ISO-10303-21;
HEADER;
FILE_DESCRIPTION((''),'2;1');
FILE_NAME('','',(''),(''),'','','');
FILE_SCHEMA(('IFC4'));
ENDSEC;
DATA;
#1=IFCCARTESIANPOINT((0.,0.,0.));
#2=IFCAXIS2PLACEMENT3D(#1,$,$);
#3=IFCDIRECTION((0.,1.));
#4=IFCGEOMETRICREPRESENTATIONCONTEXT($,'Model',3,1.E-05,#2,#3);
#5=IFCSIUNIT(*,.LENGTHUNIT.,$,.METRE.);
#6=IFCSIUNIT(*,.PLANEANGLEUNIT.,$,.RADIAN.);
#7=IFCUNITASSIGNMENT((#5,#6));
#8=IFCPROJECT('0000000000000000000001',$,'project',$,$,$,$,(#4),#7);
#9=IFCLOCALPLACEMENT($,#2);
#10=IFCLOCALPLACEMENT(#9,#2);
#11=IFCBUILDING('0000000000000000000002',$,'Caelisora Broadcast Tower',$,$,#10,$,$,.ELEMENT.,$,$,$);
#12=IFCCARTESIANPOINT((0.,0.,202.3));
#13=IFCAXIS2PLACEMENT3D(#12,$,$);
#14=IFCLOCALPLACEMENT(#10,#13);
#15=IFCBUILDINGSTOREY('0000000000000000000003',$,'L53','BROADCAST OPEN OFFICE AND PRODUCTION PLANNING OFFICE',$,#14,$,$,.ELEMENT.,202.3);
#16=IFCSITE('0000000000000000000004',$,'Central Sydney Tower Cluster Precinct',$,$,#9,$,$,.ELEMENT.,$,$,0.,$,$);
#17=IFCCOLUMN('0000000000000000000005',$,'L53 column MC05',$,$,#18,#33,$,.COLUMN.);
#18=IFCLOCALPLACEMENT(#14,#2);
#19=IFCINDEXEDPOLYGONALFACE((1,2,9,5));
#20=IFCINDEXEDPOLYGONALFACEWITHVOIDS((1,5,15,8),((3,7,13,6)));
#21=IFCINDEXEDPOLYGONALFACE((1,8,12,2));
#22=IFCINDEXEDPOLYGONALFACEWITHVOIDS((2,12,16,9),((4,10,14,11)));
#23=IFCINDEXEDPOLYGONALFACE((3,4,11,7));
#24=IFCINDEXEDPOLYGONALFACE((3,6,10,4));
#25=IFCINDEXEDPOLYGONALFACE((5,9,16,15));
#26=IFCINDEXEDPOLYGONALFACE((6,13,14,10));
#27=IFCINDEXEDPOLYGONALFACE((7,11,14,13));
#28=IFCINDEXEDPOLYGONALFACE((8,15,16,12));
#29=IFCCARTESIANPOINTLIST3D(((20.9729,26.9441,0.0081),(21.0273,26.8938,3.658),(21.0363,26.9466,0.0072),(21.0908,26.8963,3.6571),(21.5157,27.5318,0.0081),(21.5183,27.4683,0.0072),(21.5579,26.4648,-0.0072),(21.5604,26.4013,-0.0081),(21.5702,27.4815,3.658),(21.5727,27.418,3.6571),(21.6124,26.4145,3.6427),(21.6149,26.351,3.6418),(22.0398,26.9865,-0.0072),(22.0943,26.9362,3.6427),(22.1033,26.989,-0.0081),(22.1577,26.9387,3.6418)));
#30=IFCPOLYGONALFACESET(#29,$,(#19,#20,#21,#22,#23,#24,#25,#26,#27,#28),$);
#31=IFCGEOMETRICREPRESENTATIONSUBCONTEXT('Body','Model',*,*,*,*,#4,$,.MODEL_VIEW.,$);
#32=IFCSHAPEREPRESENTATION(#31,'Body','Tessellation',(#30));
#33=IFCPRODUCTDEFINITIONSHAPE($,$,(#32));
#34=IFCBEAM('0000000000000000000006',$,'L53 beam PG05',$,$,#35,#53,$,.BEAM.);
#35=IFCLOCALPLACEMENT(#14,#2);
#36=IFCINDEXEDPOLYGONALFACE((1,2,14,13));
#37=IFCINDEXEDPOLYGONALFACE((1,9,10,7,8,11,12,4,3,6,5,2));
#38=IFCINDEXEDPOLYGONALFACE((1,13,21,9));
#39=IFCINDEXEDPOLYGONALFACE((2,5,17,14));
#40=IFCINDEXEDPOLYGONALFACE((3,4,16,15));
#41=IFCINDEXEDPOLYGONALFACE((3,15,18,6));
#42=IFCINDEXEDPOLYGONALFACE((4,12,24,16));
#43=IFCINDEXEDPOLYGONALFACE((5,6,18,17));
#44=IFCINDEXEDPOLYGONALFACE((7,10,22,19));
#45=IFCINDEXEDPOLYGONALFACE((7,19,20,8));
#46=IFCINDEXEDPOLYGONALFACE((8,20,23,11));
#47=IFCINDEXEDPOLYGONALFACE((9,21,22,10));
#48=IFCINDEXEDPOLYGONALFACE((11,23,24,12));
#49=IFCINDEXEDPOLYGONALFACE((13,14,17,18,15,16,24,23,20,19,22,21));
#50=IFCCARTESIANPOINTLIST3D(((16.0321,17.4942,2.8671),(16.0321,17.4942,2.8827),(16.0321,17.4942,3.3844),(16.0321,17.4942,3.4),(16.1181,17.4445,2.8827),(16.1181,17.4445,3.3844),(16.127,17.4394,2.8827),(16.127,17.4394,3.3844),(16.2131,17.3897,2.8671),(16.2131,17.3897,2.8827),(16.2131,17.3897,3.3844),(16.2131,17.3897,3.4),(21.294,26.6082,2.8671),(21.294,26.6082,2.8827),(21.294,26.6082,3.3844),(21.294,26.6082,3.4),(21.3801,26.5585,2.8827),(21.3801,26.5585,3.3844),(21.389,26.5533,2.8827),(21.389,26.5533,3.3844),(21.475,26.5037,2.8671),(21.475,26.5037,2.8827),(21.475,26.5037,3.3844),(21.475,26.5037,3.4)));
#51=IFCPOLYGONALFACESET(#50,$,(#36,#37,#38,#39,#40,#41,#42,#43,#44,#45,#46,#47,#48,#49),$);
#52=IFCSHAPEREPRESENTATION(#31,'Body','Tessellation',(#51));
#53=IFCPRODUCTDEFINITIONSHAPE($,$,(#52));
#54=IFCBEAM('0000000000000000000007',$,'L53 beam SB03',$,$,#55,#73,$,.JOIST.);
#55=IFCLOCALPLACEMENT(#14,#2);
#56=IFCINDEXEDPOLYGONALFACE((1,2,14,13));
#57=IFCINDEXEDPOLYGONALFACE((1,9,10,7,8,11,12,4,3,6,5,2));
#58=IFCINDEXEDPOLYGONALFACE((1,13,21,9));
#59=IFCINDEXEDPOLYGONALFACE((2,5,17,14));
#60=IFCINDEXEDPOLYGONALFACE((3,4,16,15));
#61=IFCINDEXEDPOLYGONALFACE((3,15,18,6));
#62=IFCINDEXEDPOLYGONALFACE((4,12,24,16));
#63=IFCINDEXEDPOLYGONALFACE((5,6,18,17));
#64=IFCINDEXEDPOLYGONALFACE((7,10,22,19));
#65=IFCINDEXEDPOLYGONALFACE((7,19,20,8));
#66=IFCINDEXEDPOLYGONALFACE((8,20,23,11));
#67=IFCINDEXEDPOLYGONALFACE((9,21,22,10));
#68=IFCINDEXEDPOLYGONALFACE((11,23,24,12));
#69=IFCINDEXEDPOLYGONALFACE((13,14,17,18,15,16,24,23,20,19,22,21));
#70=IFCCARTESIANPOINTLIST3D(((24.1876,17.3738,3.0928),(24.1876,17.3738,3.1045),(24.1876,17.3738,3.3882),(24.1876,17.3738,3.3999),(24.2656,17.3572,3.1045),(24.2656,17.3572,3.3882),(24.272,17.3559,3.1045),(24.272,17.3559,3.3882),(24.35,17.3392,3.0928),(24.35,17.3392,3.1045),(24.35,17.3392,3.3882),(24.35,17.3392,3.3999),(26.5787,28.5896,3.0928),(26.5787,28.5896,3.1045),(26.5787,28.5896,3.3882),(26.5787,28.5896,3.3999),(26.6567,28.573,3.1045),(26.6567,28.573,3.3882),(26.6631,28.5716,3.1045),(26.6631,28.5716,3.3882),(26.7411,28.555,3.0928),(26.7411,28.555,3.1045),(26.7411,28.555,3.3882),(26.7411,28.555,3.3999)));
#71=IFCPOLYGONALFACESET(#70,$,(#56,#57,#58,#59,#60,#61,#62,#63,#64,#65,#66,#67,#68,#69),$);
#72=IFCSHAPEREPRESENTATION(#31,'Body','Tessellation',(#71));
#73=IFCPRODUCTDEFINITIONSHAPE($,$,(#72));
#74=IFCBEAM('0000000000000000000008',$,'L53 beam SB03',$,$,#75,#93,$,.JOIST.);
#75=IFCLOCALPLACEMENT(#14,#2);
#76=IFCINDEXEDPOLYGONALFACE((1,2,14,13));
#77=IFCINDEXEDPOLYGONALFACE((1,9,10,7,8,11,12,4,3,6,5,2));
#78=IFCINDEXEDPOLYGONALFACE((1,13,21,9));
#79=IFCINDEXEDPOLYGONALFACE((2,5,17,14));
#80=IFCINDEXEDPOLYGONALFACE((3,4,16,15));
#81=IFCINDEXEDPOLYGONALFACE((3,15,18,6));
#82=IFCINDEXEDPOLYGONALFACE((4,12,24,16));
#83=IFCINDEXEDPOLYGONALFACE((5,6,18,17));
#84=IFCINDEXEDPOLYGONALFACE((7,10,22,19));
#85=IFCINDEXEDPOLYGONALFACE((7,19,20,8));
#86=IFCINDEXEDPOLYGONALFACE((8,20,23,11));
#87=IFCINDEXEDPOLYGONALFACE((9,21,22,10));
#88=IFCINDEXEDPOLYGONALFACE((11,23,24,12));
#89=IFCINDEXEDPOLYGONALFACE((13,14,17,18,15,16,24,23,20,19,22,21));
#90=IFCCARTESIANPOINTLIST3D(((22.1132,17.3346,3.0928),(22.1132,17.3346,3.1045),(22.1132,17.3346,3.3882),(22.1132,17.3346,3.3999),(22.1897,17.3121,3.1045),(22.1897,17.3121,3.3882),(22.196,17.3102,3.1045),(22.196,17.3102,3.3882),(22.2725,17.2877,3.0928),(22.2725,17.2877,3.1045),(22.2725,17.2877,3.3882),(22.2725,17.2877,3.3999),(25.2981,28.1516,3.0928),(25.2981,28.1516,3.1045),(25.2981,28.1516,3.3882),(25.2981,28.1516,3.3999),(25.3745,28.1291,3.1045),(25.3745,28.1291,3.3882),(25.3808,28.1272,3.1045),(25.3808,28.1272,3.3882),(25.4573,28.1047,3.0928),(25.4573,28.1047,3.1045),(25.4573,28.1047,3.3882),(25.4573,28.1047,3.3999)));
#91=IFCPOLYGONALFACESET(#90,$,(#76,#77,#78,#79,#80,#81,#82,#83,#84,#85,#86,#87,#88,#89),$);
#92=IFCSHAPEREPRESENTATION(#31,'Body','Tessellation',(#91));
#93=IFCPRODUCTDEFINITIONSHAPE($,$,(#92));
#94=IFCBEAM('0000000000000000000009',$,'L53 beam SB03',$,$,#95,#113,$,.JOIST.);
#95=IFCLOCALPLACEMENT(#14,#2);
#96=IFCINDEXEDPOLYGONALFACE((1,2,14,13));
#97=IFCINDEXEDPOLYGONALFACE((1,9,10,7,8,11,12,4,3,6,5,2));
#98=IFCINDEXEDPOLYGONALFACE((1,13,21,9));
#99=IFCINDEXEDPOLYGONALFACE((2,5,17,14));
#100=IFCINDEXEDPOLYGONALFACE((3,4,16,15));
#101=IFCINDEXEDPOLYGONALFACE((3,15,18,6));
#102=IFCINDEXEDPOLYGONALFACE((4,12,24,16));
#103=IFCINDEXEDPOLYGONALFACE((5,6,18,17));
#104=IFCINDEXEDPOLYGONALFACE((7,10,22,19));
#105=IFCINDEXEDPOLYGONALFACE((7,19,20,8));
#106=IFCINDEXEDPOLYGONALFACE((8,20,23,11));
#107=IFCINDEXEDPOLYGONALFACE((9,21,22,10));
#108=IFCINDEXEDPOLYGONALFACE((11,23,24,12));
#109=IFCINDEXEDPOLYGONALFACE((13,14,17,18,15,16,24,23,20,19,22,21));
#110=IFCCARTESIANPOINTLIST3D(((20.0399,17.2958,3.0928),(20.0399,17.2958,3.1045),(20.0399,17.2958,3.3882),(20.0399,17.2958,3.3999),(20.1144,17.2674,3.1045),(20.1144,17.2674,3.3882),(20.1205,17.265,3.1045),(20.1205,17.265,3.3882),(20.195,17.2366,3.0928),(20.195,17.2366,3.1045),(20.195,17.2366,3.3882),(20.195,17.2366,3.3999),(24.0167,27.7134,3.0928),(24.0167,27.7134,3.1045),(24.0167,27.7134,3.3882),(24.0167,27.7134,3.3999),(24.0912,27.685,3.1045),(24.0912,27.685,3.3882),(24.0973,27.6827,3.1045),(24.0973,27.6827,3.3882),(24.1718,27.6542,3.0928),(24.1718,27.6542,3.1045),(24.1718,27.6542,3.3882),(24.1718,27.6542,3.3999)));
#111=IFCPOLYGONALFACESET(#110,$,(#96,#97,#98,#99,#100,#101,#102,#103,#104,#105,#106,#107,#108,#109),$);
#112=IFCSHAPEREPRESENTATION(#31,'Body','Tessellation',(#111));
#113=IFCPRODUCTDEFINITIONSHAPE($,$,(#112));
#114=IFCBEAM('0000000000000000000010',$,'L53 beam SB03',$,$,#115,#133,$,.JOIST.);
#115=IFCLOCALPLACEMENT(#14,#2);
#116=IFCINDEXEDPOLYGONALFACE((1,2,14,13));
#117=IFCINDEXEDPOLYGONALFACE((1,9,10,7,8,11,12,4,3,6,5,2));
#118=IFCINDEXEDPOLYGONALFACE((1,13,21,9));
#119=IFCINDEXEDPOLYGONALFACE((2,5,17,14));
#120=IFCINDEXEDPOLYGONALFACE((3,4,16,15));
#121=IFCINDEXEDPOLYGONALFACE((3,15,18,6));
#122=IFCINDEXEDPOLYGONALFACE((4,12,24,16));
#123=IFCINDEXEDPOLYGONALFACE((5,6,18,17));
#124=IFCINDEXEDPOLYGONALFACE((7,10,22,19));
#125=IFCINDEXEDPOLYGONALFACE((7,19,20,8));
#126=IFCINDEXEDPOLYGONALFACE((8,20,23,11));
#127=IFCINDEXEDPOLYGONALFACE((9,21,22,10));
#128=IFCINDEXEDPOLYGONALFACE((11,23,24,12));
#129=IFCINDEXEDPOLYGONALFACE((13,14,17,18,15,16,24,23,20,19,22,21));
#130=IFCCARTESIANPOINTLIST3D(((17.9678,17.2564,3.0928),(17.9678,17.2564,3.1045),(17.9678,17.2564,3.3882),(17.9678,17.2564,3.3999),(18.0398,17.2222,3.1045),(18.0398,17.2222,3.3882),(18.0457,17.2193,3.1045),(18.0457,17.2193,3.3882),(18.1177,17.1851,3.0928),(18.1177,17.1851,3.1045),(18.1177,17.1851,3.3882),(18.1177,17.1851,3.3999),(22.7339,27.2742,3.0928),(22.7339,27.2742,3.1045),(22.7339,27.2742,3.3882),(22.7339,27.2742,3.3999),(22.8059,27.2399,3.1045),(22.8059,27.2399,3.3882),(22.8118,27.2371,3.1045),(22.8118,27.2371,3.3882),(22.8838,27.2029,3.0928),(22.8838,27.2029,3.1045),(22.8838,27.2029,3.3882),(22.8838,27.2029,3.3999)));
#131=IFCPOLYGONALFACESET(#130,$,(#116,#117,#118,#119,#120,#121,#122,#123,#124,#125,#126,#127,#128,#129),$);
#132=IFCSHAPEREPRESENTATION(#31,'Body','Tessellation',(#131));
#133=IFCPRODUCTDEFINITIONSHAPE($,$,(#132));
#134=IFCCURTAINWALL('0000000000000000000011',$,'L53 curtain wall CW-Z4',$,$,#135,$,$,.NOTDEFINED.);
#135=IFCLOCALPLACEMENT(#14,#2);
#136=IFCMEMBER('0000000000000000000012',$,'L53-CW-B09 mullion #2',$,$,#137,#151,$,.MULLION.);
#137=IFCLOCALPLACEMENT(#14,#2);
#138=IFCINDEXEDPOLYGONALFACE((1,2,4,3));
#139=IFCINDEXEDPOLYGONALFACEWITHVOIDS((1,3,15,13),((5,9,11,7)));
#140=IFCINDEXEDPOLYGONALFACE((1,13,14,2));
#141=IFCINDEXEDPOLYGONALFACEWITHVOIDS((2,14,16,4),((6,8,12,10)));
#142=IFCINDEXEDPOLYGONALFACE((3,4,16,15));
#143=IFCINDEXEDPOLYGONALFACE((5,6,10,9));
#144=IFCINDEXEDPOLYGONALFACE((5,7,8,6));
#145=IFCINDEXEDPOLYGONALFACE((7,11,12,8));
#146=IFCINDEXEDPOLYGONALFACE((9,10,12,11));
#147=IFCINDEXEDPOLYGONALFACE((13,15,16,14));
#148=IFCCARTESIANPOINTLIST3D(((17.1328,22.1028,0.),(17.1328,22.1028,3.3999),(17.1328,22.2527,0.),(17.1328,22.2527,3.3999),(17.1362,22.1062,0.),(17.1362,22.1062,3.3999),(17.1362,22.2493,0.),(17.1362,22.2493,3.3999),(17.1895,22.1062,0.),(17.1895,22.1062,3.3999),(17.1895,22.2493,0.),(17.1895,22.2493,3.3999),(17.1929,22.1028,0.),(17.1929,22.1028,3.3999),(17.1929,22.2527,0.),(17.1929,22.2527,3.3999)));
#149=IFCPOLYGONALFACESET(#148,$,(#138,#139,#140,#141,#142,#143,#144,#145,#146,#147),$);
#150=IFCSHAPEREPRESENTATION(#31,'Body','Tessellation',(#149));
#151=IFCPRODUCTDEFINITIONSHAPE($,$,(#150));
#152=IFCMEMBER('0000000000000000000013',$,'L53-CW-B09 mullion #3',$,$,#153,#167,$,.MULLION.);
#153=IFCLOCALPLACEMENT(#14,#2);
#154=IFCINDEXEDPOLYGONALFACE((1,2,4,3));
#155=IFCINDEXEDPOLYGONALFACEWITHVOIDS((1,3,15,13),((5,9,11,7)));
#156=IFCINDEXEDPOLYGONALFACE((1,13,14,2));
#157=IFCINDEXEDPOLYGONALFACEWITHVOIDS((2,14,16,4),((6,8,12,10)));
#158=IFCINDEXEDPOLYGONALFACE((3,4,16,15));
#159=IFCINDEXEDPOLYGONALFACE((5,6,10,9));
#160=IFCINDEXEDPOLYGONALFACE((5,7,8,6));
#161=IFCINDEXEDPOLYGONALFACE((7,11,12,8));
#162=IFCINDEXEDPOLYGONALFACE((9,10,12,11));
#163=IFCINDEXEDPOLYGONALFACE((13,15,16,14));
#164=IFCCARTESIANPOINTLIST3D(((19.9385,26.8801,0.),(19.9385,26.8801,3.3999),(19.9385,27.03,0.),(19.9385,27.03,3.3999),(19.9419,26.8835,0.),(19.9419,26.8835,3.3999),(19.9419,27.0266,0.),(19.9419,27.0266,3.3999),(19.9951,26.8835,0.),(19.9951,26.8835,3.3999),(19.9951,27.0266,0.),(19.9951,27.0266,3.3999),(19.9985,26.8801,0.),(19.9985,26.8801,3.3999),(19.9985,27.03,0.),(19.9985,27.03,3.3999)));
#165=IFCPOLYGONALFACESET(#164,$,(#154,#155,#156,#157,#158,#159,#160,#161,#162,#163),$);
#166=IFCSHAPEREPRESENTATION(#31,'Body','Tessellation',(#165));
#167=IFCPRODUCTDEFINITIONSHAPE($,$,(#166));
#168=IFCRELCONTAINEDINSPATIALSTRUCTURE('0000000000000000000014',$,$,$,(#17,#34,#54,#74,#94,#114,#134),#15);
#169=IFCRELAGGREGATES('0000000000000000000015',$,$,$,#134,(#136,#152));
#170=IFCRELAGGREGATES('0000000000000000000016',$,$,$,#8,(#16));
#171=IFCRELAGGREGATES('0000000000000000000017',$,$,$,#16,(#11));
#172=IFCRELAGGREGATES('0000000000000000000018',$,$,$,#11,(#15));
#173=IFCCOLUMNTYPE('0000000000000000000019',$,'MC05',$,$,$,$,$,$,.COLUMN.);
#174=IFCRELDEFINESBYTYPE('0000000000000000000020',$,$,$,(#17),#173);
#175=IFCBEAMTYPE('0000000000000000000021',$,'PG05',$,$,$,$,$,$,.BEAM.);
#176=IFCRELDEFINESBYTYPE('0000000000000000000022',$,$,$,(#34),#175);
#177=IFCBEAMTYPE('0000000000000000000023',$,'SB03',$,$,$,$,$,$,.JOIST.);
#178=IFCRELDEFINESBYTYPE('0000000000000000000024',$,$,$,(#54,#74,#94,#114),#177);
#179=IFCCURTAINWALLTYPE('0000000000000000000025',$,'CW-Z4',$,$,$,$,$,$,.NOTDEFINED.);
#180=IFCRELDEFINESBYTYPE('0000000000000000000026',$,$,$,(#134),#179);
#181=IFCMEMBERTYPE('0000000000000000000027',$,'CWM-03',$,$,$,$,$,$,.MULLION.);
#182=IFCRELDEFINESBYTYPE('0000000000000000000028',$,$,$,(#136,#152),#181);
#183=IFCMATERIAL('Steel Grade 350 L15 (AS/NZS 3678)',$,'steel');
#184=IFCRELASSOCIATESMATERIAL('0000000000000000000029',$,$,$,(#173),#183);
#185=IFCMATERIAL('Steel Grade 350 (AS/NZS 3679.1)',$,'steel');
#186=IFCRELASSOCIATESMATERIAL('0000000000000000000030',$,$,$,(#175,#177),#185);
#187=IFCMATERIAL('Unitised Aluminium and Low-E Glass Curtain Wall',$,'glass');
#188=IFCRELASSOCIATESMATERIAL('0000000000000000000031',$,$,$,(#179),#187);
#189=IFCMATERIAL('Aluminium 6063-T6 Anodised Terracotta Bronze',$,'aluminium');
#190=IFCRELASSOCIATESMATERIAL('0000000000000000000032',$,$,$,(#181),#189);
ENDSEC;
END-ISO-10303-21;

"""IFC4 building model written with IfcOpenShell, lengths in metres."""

from ifc_helpers import new_model, si_unit, direction, frame, origin, origin_2d, place, context, subcontext, project, spatial, hollow_rectangle, i_section, extrude, source, transform, mapped, material, material_profile, profile_set, type_object, type_shapes, element, aggregate, save


model = new_model("IFC4")

# Units and contexts
model_context = context("Model", 3, precision=1e-05, world=origin(), true_north=direction((0.0, 1.0)))
body_context = subcontext(model_context, "Body", "Model", "MODEL_VIEW")
ifc_project = project(units=[si_unit("LENGTHUNIT", "METRE"), si_unit("PLANEANGLEUNIT", "RADIAN")], contexts=[model_context])

# Site, building, storey
site_placement = place(None, origin())
site = spatial("IfcSite", under=ifc_project, at=site_placement, Name="Central Sydney Tower Cluster Precinct", CompositionType="ELEMENT", RefElevation=0.0)
building_placement = place(site_placement, origin())
building = spatial("IfcBuilding", under=site, at=building_placement, Name="Caelisora Broadcast Tower", CompositionType="ELEMENT")
storey_placement = place(building_placement, frame((0.0, 0.0, 202.3)))
storey = spatial("IfcBuildingStorey", under=building, at=storey_placement, Name="L53", Description="BROADCAST OPEN OFFICE AND PRODUCTION PLANNING OFFICE", CompositionType="ELEMENT", Elevation=202.3)

# Column
ifc_material_1 = material(Name="Steel Grade 350 L15 (AS/NZS 3678)", Category="steel")
ifc_material_profile_1 = material_profile(ifc_material_1, hollow_rectangle(XDim=0.8, YDim=0.8, WallThickness=0.0449, at=origin_2d()), Name="Steel Grade 350 L15 (AS/NZS 3678)")
ifc_profile_set_1 = profile_set([ifc_material_profile_1], Name="Steel Grade 350 L15 (AS/NZS 3678)")
column_type = type_object("IfcColumnType", Name="MC05", PredefinedType="COLUMN", material=ifc_profile_set_1)
shared_shape_1 = source(origin(), body_context, "Body", "SweptSolid", [
    extrude(hollow_rectangle(XDim=0.8, YDim=0.8, WallThickness=0.0449, at=origin_2d()), origin(), (0.0, 0.0, 1.0), 3.6506),
])
type_shapes(column_type, [shared_shape_1])
column_placement = place(storey_placement, frame((21.5381, 26.9666, 0.0), z_axis=(0.014913, -0.013776, 0.999794), x_axis=(0.678554, 0.734551, 0.0)))
element("IfcColumn", 1, at=column_placement, inside=storey, type_object=column_type, Name="L53 column MC05", PredefinedType="COLUMN", context=body_context, shape_type="MappedRepresentation", body=[
    mapped(shared_shape_1, transform((0.0, 0.0, 0.0), scale=1.0)),
])

# Beams
ifc_material_2 = material(Name="Steel Grade 350 (AS/NZS 3679.1)", Category="steel")
ifc_material_profile_2 = material_profile(ifc_material_2, i_section(OverallWidth=0.209, OverallDepth=0.533, WebThickness=0.0103, FlangeThickness=0.0156, at=origin_2d()), Name="Steel Grade 350 (AS/NZS 3679.1)")
ifc_profile_set_2 = profile_set([ifc_material_profile_2], Name="Steel Grade 350 (AS/NZS 3679.1)")
beam_type_1 = type_object("IfcBeamType", Name="PG05", PredefinedType="BEAM", material=ifc_profile_set_2)
shared_shape_2 = source(origin(), body_context, "Body", "SweptSolid", [
    extrude(i_section(OverallWidth=0.209, OverallDepth=0.533, WebThickness=0.0103, FlangeThickness=0.0156, at=origin_2d()), origin(), (0.0, 0.0, 1.0), 10.5239),
])
type_shapes(beam_type_1, [shared_shape_2])
beam_1_placement = place(storey_placement, frame((21.3845, 26.5559, 3.1335), z_axis=(-0.499999, -0.866026, 0.0), x_axis=(0.866026, -0.499999, 0.0)))
element("IfcBeam", 2, at=beam_1_placement, inside=storey, type_object=beam_type_1, Name="L53 beam PG05", PredefinedType="BEAM", context=body_context, shape_type="MappedRepresentation", body=[
    mapped(shared_shape_2, transform((0.0, 0.0, 0.0), scale=1.0)),
])
ifc_material_profile_3 = material_profile(ifc_material_2, i_section(OverallWidth=0.166, OverallDepth=0.3071, WebThickness=0.0066, FlangeThickness=0.0117, at=origin_2d()), Name="Steel Grade 350 (AS/NZS 3679.1)")
ifc_profile_set_3 = profile_set([ifc_material_profile_3], Name="Steel Grade 350 (AS/NZS 3679.1)")
beam_type_2 = type_object("IfcBeamType", Name="SB03", PredefinedType="JOIST", material=ifc_profile_set_3)
shared_shape_3 = source(origin(), body_context, "Body", "SweptSolid", [
    extrude(i_section(OverallWidth=0.166, OverallDepth=0.3071, WebThickness=0.0066, FlangeThickness=0.0117, at=origin_2d()), origin(), (0.0, 0.0, 1.0), 11.4678),
])
beam_2_placement = place(storey_placement, frame((26.6599, 28.5723, 3.2463), z_axis=(-0.208505, -0.978021, 0.0), x_axis=(0.978021, -0.208505, 0.0)))
element("IfcBeam", 3, at=beam_2_placement, inside=storey, type_object=beam_type_2, Name="L53 beam SB03", PredefinedType="JOIST", context=body_context, shape_type="MappedRepresentation", body=[
    mapped(shared_shape_3, transform((0.0, 0.0, 0.0), scale=1.0)),
])
shared_shape_4 = source(origin(), body_context, "Body", "SweptSolid", [
    extrude(i_section(OverallWidth=0.166, OverallDepth=0.3071, WebThickness=0.0066, FlangeThickness=0.0117, at=origin_2d()), origin(), (0.0, 0.0, 1.0), 11.2761),
])
beam_3_placement = place(storey_placement, frame((25.3777, 28.1282, 3.2463), z_axis=(-0.282442, -0.959284, 0.0), x_axis=(0.959284, -0.282442, 0.0)))
element("IfcBeam", 4, at=beam_3_placement, inside=storey, type_object=beam_type_2, Name="L53 beam SB03", PredefinedType="JOIST", context=body_context, shape_type="MappedRepresentation", body=[
    mapped(shared_shape_4, transform((0.0, 0.0, 0.0), scale=1.0)),
])
shared_shape_5 = source(origin(), body_context, "Body", "SweptSolid", [
    extrude(i_section(OverallWidth=0.166, OverallDepth=0.3071, WebThickness=0.0066, FlangeThickness=0.0117, at=origin_2d()), origin(), (0.0, 0.0, 1.0), 11.1509),
])
beam_4_placement = place(storey_placement, frame((24.0942, 27.6838, 3.2463), z_axis=(-0.356633, -0.934244, 0.0), x_axis=(0.934244, -0.356633, 0.0)))
element("IfcBeam", 5, at=beam_4_placement, inside=storey, type_object=beam_type_2, Name="L53 beam SB03", PredefinedType="JOIST", context=body_context, shape_type="MappedRepresentation", body=[
    mapped(shared_shape_5, transform((0.0, 0.0, 0.0), scale=1.0)),
])
shared_shape_6 = source(origin(), body_context, "Body", "SweptSolid", [
    extrude(i_section(OverallWidth=0.166, OverallDepth=0.3071, WebThickness=0.0066, FlangeThickness=0.0117, at=origin_2d()), origin(), (0.0, 0.0, 1.0), 11.0938),
])
type_shapes(beam_type_2, [shared_shape_3, shared_shape_4, shared_shape_5, shared_shape_6])
beam_5_placement = place(storey_placement, frame((22.8088, 27.2385, 3.2463), z_axis=(-0.429619, -0.90301, 0.0), x_axis=(0.90301, -0.429619, 0.0)))
element("IfcBeam", 6, at=beam_5_placement, inside=storey, type_object=beam_type_2, Name="L53 beam SB03", PredefinedType="JOIST", context=body_context, shape_type="MappedRepresentation", body=[
    mapped(shared_shape_6, transform((0.0, 0.0, 0.0), scale=1.0)),
])

# Curtain wall, members
ifc_material_3 = material(Name="Unitised Aluminium and Low-E Glass Curtain Wall", Category="glass")
curtain_wall_type_1 = type_object("IfcCurtainWallType", Name="CW-Z4", PredefinedType="NOTDEFINED", material=ifc_material_3)
curtain_wall_1_placement = place(storey_placement, origin())
curtain_wall_1 = element("IfcCurtainWall", 7, at=curtain_wall_1_placement, inside=storey, type_object=curtain_wall_type_1, Name="L53 curtain wall CW-Z4", PredefinedType="NOTDEFINED")
ifc_material_4 = material(Name="Aluminium 6063-T6 Anodised Terracotta Bronze", Category="aluminium")
ifc_material_profile_4 = material_profile(ifc_material_4, hollow_rectangle(XDim=0.0601, YDim=0.1499, WallThickness=0.0034, at=origin_2d()), Name="Aluminium 6063-T6 Anodised Terracotta Bronze")
ifc_profile_set_4 = profile_set([ifc_material_profile_4], Name="Aluminium 6063-T6 Anodised Terracotta Bronze")
member_type_1 = type_object("IfcMemberType", Name="CWM-03", PredefinedType="MULLION", material=ifc_profile_set_4)
shared_shape_7 = source(origin(), body_context, "Body", "SweptSolid", [
    extrude(hollow_rectangle(XDim=0.0601, YDim=0.1499, WallThickness=0.0034, at=origin_2d()), origin(), (0.0, 0.0, 1.0), 3.3999),
])
type_shapes(member_type_1, [shared_shape_7])
member_1_placement = place(storey_placement, frame((17.1628, 22.1777, 0.0), z_axis=(0.0, 0.0, 1.0), x_axis=(1.0, 0.0, 0.0)))
member_1 = element("IfcMember", 8, at=member_1_placement, type_object=member_type_1, Name="L53-CW-B09 mullion #2", PredefinedType="MULLION", context=body_context, shape_type="MappedRepresentation", body=[
    mapped(shared_shape_7, transform((0.0, 0.0, 0.0), scale=1.0)),
])
member_2_placement = place(storey_placement, frame((19.9685, 26.9551, 0.0), z_axis=(0.0, 0.0, 1.0), x_axis=(1.0, 0.0, 0.0)))
member_2 = element("IfcMember", 9, at=member_2_placement, type_object=member_type_1, Name="L53-CW-B09 mullion #3", PredefinedType="MULLION", context=body_context, shape_type="MappedRepresentation", body=[
    mapped(shared_shape_7, transform((0.0, 0.0, 0.0), scale=1.0)),
])

aggregate(curtain_wall_1, [member_1, member_2])

save(model, "model.ifc")
